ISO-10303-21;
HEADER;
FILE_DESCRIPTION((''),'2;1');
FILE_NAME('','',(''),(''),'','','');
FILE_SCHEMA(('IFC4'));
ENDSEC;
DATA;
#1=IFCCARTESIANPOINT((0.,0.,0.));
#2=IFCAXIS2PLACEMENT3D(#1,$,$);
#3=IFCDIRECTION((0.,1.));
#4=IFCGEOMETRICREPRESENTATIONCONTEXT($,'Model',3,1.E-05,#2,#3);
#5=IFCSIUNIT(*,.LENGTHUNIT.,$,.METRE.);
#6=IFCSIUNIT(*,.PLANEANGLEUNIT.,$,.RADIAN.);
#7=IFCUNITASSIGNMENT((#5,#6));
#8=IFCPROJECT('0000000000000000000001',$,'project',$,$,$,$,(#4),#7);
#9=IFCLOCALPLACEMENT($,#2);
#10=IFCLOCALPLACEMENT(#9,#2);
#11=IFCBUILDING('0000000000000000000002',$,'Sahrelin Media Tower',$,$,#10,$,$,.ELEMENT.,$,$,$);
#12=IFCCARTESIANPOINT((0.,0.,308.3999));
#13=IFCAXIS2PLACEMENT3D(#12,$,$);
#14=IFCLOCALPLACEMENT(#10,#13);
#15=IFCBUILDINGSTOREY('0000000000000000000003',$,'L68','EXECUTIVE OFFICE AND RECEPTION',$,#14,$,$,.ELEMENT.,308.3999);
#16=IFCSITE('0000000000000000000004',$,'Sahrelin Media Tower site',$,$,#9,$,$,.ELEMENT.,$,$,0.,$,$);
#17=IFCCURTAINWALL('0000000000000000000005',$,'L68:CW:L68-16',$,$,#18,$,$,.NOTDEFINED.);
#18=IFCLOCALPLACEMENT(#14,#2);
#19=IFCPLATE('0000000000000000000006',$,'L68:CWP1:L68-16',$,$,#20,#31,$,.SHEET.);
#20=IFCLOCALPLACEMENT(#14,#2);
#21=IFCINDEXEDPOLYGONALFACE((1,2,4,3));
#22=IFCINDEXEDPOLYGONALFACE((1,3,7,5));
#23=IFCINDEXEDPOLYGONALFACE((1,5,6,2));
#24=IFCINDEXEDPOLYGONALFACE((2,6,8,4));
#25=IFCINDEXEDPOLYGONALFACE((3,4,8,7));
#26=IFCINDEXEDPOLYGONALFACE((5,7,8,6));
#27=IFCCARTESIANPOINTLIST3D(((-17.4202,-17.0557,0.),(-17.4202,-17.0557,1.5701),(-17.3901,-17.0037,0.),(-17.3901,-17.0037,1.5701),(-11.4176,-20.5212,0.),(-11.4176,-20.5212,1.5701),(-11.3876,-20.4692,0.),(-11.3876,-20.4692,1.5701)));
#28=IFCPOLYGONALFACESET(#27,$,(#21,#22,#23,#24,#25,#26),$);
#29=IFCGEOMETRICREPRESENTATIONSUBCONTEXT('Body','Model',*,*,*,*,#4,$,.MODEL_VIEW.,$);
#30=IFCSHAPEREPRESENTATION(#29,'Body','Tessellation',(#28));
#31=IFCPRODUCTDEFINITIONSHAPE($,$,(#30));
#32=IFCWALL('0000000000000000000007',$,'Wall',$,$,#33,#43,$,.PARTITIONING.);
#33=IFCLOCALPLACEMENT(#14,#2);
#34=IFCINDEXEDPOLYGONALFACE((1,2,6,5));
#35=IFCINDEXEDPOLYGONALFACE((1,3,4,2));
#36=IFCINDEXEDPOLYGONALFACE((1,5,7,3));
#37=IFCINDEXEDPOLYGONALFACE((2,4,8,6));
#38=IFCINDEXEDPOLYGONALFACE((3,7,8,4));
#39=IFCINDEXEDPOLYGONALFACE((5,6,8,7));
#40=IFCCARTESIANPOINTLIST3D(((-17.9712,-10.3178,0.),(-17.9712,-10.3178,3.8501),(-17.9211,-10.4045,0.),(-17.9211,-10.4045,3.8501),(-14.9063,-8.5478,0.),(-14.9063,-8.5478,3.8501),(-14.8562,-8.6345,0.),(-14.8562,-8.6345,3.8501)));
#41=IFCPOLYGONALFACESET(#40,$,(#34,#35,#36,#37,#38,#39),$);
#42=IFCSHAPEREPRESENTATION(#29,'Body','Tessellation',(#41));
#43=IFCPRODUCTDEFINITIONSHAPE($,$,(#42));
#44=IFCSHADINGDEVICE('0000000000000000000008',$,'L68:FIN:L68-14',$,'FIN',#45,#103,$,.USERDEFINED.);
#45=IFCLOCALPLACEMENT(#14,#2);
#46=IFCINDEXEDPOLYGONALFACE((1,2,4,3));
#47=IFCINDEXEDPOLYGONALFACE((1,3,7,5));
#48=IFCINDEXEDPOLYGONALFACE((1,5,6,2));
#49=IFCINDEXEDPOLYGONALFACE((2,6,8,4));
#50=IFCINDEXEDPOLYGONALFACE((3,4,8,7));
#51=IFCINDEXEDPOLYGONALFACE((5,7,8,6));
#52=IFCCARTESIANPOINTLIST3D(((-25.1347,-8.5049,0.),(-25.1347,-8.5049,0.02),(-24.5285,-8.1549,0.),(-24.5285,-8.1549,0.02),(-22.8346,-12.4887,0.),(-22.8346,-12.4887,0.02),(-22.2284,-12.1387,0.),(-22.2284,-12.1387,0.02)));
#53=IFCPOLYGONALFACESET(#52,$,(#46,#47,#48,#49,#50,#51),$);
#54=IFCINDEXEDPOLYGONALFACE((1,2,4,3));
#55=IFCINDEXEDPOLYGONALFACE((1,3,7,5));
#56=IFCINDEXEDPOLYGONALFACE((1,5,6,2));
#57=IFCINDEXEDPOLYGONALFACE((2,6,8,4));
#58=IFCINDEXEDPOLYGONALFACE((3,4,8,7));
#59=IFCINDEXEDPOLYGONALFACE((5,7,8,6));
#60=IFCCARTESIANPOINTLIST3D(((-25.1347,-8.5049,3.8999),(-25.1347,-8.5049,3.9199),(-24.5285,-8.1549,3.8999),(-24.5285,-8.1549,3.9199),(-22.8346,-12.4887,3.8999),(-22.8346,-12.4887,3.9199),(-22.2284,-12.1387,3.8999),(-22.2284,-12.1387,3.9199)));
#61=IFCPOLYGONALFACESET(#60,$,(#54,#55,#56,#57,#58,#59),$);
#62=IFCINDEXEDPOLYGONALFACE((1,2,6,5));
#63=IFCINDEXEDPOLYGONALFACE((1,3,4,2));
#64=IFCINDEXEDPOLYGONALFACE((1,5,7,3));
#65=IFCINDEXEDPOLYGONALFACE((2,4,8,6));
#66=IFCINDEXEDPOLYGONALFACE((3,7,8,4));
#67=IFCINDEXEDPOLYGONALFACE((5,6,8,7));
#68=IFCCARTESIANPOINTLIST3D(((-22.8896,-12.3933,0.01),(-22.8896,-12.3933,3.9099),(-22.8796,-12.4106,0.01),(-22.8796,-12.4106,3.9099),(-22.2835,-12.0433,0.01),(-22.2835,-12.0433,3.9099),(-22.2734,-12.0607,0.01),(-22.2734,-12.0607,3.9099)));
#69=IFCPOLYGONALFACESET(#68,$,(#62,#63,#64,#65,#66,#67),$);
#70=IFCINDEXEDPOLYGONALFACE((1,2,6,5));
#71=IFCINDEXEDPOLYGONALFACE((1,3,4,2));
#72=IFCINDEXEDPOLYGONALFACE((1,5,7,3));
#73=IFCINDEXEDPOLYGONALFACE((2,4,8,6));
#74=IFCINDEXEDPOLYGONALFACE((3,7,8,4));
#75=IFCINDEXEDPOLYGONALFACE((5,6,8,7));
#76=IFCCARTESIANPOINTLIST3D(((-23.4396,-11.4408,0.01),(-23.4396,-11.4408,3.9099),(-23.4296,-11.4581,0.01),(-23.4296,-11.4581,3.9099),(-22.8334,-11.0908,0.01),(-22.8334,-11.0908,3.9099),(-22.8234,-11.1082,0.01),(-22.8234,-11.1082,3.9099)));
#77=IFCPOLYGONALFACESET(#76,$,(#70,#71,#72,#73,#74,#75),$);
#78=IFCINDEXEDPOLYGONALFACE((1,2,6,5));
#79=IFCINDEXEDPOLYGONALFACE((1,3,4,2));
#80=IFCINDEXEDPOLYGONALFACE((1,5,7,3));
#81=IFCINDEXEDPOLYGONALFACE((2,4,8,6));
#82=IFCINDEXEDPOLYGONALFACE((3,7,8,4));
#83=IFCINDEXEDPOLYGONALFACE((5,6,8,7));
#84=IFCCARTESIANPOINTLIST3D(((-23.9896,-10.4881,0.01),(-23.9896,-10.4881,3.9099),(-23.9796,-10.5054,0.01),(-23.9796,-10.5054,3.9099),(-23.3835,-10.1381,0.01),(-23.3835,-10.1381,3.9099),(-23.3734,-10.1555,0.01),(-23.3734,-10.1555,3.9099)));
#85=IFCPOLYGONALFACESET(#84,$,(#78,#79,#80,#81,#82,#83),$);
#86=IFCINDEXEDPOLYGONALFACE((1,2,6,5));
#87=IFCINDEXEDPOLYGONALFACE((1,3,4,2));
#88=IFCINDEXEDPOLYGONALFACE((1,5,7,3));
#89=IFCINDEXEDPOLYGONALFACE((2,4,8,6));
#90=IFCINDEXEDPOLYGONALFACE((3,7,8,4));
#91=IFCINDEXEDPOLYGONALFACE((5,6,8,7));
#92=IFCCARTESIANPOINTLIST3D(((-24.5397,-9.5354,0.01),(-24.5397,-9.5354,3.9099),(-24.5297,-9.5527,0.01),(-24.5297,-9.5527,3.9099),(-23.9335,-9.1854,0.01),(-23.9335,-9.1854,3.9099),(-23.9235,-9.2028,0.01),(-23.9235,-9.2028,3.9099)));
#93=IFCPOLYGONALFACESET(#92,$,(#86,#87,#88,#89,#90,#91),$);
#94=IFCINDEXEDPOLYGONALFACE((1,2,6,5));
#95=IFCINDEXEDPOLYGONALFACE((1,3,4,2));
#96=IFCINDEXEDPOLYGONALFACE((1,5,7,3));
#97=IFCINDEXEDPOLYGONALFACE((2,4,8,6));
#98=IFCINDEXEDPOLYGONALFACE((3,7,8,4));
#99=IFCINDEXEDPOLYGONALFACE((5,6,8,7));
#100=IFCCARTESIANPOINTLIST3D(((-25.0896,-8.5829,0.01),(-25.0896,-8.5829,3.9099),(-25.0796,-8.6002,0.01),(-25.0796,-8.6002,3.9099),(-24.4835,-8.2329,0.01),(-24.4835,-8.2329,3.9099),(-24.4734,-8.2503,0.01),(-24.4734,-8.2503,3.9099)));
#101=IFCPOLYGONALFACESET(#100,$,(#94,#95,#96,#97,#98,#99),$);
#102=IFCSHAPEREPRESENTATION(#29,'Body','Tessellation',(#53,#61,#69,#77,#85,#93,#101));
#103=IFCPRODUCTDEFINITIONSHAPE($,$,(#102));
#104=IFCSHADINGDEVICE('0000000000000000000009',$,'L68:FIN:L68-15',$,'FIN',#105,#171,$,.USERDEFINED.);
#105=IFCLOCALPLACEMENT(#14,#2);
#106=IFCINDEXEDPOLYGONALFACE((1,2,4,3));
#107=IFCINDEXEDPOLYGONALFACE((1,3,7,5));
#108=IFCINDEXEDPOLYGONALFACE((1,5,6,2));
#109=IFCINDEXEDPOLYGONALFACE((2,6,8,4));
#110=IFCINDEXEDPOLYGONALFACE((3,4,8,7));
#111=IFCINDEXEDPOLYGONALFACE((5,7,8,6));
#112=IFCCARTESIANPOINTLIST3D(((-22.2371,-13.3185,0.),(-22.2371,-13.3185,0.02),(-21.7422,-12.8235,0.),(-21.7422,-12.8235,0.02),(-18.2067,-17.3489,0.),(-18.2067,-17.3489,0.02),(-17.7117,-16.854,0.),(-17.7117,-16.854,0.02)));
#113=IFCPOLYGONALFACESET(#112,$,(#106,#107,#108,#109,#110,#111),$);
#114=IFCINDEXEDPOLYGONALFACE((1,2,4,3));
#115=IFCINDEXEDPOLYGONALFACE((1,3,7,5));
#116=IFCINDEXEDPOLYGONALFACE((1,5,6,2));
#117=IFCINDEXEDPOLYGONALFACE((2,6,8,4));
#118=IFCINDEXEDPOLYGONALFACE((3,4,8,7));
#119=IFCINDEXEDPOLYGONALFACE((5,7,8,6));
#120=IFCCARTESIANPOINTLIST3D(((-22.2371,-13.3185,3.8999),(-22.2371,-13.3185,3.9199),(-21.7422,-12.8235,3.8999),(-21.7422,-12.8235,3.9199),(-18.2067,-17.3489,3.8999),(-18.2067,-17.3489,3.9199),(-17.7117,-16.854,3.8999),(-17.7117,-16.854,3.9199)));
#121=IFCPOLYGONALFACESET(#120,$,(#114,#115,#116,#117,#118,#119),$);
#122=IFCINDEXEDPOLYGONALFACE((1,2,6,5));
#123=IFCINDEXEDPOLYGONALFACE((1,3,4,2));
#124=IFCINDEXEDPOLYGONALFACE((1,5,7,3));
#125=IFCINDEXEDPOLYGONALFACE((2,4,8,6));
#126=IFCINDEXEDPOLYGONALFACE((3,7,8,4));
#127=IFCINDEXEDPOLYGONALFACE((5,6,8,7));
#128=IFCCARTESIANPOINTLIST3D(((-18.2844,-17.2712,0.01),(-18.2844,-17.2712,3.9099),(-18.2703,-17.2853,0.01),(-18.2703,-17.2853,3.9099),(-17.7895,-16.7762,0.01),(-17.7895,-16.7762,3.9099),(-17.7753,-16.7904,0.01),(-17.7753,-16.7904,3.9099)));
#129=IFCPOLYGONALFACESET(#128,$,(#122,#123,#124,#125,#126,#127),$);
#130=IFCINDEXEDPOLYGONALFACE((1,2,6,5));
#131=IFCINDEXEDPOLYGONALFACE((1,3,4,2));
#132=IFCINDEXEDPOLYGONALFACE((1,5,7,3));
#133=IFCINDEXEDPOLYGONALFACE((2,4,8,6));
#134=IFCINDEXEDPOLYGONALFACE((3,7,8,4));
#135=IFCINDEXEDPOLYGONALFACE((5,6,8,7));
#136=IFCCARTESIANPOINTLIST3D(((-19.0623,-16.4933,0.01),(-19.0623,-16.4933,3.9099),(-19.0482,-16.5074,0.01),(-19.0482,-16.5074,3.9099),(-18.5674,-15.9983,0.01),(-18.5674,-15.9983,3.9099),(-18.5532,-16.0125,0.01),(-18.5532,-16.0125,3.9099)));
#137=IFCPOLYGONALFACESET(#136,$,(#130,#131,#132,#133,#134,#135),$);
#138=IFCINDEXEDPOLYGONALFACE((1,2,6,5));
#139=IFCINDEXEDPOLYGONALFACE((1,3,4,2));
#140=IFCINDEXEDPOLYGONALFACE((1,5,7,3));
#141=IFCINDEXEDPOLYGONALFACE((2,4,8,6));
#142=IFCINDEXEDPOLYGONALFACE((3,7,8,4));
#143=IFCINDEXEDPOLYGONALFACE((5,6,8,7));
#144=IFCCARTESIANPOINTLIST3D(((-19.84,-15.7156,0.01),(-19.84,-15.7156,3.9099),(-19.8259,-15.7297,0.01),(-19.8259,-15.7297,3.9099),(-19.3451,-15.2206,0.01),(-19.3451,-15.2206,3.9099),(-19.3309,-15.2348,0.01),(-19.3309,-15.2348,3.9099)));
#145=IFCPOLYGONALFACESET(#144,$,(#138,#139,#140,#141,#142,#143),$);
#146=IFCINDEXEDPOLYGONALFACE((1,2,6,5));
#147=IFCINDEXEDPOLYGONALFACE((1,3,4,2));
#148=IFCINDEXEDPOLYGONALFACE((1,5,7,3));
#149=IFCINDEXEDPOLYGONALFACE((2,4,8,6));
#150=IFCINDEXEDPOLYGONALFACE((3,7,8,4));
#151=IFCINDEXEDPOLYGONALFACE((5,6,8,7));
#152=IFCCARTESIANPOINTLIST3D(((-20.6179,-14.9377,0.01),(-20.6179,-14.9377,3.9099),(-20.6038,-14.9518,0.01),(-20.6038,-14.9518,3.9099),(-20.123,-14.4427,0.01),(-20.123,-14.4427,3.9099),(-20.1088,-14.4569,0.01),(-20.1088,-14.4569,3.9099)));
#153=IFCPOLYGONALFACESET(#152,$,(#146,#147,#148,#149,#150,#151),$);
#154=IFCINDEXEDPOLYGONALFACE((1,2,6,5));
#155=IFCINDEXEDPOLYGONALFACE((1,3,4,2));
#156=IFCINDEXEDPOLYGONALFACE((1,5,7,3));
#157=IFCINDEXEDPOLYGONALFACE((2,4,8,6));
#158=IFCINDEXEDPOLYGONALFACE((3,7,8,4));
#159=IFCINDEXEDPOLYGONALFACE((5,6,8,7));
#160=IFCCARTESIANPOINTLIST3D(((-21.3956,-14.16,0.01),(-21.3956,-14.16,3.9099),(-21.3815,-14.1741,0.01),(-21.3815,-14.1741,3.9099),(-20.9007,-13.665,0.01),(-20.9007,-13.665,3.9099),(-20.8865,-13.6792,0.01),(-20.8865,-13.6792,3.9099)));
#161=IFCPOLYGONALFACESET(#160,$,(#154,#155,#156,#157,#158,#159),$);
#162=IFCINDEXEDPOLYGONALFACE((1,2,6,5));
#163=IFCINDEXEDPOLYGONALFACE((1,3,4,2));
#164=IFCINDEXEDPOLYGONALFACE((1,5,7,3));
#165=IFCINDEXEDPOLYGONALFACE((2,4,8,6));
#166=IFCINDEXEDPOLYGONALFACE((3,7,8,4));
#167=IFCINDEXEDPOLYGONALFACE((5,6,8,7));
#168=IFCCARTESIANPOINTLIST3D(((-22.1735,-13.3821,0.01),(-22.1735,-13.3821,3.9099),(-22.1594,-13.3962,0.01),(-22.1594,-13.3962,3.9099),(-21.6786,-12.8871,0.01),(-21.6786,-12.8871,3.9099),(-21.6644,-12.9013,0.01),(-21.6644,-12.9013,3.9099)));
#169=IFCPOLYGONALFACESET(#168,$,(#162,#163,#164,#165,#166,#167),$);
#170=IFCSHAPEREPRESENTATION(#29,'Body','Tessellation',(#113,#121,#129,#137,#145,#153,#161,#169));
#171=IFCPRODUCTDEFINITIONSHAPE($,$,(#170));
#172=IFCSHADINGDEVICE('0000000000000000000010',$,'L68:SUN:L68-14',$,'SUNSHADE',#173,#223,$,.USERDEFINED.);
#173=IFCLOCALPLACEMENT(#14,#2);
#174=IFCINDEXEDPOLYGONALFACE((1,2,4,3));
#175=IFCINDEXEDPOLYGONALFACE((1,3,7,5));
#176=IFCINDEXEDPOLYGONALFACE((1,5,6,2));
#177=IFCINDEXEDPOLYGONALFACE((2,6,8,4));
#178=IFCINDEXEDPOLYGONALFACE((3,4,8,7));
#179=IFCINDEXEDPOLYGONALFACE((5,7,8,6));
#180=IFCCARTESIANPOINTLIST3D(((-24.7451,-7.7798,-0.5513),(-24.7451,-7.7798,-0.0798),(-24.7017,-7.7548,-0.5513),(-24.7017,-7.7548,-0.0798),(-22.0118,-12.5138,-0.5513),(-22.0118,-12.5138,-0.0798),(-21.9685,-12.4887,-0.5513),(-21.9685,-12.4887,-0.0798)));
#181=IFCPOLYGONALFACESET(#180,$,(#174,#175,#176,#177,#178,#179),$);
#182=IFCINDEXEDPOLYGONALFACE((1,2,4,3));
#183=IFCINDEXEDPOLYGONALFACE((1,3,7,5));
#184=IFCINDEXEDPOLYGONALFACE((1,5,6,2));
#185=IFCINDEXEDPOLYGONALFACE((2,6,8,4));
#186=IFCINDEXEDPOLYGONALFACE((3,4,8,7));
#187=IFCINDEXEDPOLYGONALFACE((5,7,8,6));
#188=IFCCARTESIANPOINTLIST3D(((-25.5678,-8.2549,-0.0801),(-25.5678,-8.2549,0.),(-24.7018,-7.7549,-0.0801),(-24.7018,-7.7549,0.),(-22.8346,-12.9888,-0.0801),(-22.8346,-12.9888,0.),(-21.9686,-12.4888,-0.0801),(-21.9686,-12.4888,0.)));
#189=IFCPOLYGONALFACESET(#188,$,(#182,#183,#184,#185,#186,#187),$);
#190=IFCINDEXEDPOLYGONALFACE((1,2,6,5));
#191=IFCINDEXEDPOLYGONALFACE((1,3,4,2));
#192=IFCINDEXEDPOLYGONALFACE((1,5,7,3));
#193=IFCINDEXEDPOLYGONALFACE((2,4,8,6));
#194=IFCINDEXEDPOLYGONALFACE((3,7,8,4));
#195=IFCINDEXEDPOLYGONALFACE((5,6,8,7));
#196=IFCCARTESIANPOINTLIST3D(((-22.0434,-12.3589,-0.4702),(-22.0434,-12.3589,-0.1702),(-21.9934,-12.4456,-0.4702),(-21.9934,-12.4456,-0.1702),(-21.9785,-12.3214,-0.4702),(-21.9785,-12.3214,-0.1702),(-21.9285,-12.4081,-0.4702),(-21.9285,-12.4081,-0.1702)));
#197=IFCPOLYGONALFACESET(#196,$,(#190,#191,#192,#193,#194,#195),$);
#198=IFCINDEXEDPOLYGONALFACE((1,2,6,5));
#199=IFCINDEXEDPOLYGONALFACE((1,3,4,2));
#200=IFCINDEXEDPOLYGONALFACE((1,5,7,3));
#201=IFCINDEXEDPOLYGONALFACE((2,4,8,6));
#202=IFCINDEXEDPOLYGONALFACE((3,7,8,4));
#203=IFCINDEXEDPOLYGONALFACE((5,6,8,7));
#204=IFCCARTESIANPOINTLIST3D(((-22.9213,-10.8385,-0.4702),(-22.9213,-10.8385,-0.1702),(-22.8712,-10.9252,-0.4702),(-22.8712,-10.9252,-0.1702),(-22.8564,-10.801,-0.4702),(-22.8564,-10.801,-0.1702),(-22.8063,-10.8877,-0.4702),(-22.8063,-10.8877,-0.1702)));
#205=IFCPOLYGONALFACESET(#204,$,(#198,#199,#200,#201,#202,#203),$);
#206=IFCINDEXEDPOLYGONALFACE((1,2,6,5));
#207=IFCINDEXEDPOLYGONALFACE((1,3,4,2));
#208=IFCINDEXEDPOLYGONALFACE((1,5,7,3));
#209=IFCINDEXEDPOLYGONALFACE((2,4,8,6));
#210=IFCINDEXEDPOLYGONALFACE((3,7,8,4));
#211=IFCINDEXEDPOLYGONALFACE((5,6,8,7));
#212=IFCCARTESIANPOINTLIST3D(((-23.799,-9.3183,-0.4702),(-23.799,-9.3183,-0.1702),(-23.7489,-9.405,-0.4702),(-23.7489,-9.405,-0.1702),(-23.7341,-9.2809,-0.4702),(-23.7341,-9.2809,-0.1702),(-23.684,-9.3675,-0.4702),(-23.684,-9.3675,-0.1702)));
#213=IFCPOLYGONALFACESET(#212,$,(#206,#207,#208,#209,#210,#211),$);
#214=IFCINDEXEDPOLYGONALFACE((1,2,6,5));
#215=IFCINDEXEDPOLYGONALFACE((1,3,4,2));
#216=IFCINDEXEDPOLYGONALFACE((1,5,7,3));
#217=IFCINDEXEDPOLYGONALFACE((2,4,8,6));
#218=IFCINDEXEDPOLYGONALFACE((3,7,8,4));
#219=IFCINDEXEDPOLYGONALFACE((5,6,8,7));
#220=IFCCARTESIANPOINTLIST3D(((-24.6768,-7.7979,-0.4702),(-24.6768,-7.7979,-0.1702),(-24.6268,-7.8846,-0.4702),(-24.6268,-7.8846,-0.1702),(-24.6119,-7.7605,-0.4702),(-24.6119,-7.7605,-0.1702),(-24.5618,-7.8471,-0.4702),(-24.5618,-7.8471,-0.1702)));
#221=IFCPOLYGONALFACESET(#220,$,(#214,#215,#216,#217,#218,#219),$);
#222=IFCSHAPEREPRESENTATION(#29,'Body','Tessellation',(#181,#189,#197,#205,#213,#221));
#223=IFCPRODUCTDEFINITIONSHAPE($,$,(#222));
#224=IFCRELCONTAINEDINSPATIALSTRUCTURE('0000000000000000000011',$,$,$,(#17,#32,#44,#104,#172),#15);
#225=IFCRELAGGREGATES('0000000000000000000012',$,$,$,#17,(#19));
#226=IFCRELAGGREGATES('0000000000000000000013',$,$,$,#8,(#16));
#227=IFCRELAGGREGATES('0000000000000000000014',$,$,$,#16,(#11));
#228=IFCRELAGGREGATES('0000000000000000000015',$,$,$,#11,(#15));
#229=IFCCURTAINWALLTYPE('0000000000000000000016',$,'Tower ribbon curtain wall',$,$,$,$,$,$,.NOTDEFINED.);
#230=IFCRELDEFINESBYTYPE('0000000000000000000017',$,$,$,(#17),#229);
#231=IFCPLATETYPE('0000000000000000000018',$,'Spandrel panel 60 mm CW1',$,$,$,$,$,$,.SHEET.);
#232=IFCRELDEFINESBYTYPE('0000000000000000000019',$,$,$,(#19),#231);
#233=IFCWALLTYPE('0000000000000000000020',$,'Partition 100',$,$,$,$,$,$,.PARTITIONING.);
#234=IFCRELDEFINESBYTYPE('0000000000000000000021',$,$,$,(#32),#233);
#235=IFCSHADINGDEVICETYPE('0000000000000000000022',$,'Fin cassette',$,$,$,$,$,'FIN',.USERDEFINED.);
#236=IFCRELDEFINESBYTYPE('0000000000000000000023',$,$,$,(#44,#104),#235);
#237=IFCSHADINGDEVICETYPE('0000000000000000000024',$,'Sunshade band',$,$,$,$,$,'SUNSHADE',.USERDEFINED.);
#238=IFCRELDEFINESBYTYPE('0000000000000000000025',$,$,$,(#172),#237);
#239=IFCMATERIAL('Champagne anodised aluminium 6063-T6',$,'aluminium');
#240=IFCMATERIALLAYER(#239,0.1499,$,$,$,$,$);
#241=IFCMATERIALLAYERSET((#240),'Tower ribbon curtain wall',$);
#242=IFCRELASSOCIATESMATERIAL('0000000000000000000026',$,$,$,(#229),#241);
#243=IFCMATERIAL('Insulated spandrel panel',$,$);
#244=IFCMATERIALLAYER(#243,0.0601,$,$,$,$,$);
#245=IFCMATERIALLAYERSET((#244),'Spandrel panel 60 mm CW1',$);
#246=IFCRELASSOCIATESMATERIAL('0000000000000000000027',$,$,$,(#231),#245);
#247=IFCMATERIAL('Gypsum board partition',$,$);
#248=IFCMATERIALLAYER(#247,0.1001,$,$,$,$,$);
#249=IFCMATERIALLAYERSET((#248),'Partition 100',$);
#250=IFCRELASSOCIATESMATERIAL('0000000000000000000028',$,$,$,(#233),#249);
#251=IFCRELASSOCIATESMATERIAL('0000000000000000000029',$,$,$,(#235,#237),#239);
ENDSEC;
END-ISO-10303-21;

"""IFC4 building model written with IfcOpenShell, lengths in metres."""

from ifc_helpers import new_model, si_unit, direction, frame, frame_2d, origin, origin_2d, place, context, subcontext, project, spatial, polyline, rectangle, outline, extrude, material, layer, layer_set, type_object, element, aggregate, save


model = new_model("IFC4")

# Units and contexts
model_context = context("Model", 3, precision=1e-05, world=origin(), true_north=direction((0.0, 1.0)))
body_context = subcontext(model_context, "Body", "Model", "MODEL_VIEW")
ifc_project = project(units=[si_unit("LENGTHUNIT", "METRE"), si_unit("PLANEANGLEUNIT", "RADIAN")], contexts=[model_context])

# Site, building, storey
site_placement = place(None, origin())
site = spatial("IfcSite", under=ifc_project, at=site_placement, Name="Sahrelin Media Tower site", CompositionType="ELEMENT", RefElevation=0.0)
building_placement = place(site_placement, origin())
building = spatial("IfcBuilding", under=site, at=building_placement, Name="Sahrelin Media Tower", CompositionType="ELEMENT")
storey_placement = place(building_placement, frame((0.0, 0.0, 308.3999)))
storey = spatial("IfcBuildingStorey", under=building, at=storey_placement, Name="L68", Description="EXECUTIVE OFFICE AND RECEPTION", CompositionType="ELEMENT", Elevation=308.3999)

# Shared definitions
ifc_material_1 = material(Name="Champagne anodised aluminium 6063-T6", Category="aluminium")
ifc_layer_1 = layer(ifc_material_1, 0.1499)
ifc_layer_set_1 = layer_set([ifc_layer_1], Name="Tower ribbon curtain wall")
curtain_wall_type = type_object("IfcCurtainWallType", Name="Tower ribbon curtain wall", PredefinedType="NOTDEFINED", material=ifc_layer_set_1)

# Curtain wall
curtain_wall_1_placement = place(storey_placement, frame((-14.4089, -18.7712, 0.0), z_axis=(0.0, 0.0, 1.0), x_axis=(1.0, 0.0, 0.0)))
curtain_wall_1 = element("IfcCurtainWall", 1, at=curtain_wall_1_placement, inside=storey, type_object=curtain_wall_type, Name="L68:CW:L68-16", PredefinedType="NOTDEFINED")

# Plate
ifc_material_2 = material(Name="Insulated spandrel panel")
ifc_layer_2 = layer(ifc_material_2, 0.0601)
ifc_layer_set_2 = layer_set([ifc_layer_2], Name="Spandrel panel 60 mm CW1")
plate_type_1 = type_object("IfcPlateType", Name="Spandrel panel 60 mm CW1", PredefinedType="SHEET", material=ifc_layer_set_2)
plate_1_placement = place(storey_placement, frame((-17.4202, -17.0557, 0.0), z_axis=(-0.499992, -0.86603, 0.0), x_axis=(0.86603, -0.499992, 0.0)))
plate_1 = element("IfcPlate", 2, at=plate_1_placement, type_object=plate_type_1, Name="L68:CWP1:L68-16", PredefinedType="SHEET", context=body_context, shape_type="SweptSolid", body=[
    extrude(outline(polyline([(0.0, 0.0), (6.9312, 0.0), (6.9312, 1.5701), (0.0, 1.5701), (0.0, 0.0)])), origin(), (0.0, 0.0, -1.0), 0.0601),
])
aggregate(curtain_wall_1, [plate_1])

# Wall
ifc_material_3 = material(Name="Gypsum board partition")
ifc_layer_3 = layer(ifc_material_3, 0.1001)
ifc_layer_set_3 = layer_set([ifc_layer_3], Name="Partition 100")
wall_type = type_object("IfcWallType", Name="Partition 100", PredefinedType="PARTITIONING", material=ifc_layer_set_3)
wall_placement = place(storey_placement, frame((-17.946, -10.3611, 0.0), z_axis=(0.0, 0.0, 1.0), x_axis=(0.865967, 0.500101, 0.0)))
element("IfcWall", 3, at=wall_placement, inside=storey, type_object=wall_type, Name="Wall", PredefinedType="PARTITIONING", context=body_context, shape_type="SweptSolid", body=[
    extrude(rectangle(XDim=3.5393, YDim=0.1001, at=frame_2d((1.7695, 0.0))), origin(), (0.0, 0.0, 1.0), 3.8501),
])

# Shading devices
shading_device_type_1 = type_object("IfcShadingDeviceType", Name="Fin cassette", ElementType="FIN", PredefinedType="USERDEFINED", material=ifc_material_1)
placement_1 = place(storey_placement, frame((-23.3179, -10.1118, 0.0), z_axis=(0.0, 0.0, 1.0), x_axis=(-0.500011, 0.866019, 0.0)))
element("IfcShadingDevice", 4, at=placement_1, inside=storey, type_object=shading_device_type_1, Name="L68:FIN:L68-14", ObjectType="FIN", PredefinedType="USERDEFINED", context=body_context, shape_type="SweptSolid", body=[
    extrude(rectangle(XDim=4.6001, YDim=0.7, at=origin_2d()), frame((0.0, 0.4199, 0.0)), (0.0, 0.0, 1.0), 0.02),
    extrude(rectangle(XDim=4.6001, YDim=0.7, at=origin_2d()), frame((0.0, 0.4199, 3.8999)), (0.0, 0.0, 1.0), 0.02),
    extrude(rectangle(XDim=0.02, YDim=0.7, at=origin_2d()), frame((-2.2, 0.4199, 0.01), z_axis=(0.0, 0.0, 1.0), x_axis=(1.0, 0.0, 0.0)), (0.0, 0.0, 1.0), 3.8999),
    extrude(rectangle(XDim=0.02, YDim=0.7, at=origin_2d()), frame((-1.1001, 0.4199, 0.01), z_axis=(0.0, 0.0, 1.0), x_axis=(1.0, 0.0, 0.0)), (0.0, 0.0, 1.0), 3.8999),
    extrude(rectangle(XDim=0.02, YDim=0.7, at=origin_2d()), frame((0.0, 0.4199, 0.01), z_axis=(0.0, 0.0, 1.0), x_axis=(1.0, 0.0, 0.0)), (0.0, 0.0, 1.0), 3.8999),
    extrude(rectangle(XDim=0.02, YDim=0.7, at=origin_2d()), frame((1.1001, 0.4199, 0.01), z_axis=(0.0, 0.0, 1.0), x_axis=(1.0, 0.0, 0.0)), (0.0, 0.0, 1.0), 3.8999),
    extrude(rectangle(XDim=0.02, YDim=0.7, at=origin_2d()), frame((2.2, 0.4199, 0.01), z_axis=(0.0, 0.0, 1.0), x_axis=(1.0, 0.0, 0.0)), (0.0, 0.0, 1.0), 3.8999),
])
placement_2 = place(storey_placement, frame((-19.6775, -14.7893, 0.0), z_axis=(0.0, 0.0, 1.0), x_axis=(-0.707107, 0.707107, 0.0)))
element("IfcShadingDevice", 5, at=placement_2, inside=storey, type_object=shading_device_type_1, Name="L68:FIN:L68-15", ObjectType="FIN", PredefinedType="USERDEFINED", context=body_context, shape_type="SweptSolid", body=[
    extrude(rectangle(XDim=5.7, YDim=0.7, at=origin_2d()), frame((0.0, 0.4199, 0.0)), (0.0, 0.0, 1.0), 0.02),
    extrude(rectangle(XDim=5.7, YDim=0.7, at=origin_2d()), frame((0.0, 0.4199, 3.8999)), (0.0, 0.0, 1.0), 0.02),
    extrude(rectangle(XDim=0.02, YDim=0.7, at=origin_2d()), frame((-2.75, 0.4199, 0.01), z_axis=(0.0, 0.0, 1.0), x_axis=(1.0, 0.0, 0.0)), (0.0, 0.0, 1.0), 3.8999),
    extrude(rectangle(XDim=0.02, YDim=0.7, at=origin_2d()), frame((-1.6499, 0.4199, 0.01), z_axis=(0.0, 0.0, 1.0), x_axis=(1.0, 0.0, 0.0)), (0.0, 0.0, 1.0), 3.8999),
    extrude(rectangle(XDim=0.02, YDim=0.7, at=origin_2d()), frame((-0.55, 0.4199, 0.01), z_axis=(0.0, 0.0, 1.0), x_axis=(1.0, 0.0, 0.0)), (0.0, 0.0, 1.0), 3.8999),
    extrude(rectangle(XDim=0.02, YDim=0.7, at=origin_2d()), frame((0.55, 0.4199, 0.01), z_axis=(0.0, 0.0, 1.0), x_axis=(1.0, 0.0, 0.0)), (0.0, 0.0, 1.0), 3.8999),
    extrude(rectangle(XDim=0.02, YDim=0.7, at=origin_2d()), frame((1.6499, 0.4199, 0.01), z_axis=(0.0, 0.0, 1.0), x_axis=(1.0, 0.0, 0.0)), (0.0, 0.0, 1.0), 3.8999),
    extrude(rectangle(XDim=0.02, YDim=0.7, at=origin_2d()), frame((2.75, 0.4199, 0.01), z_axis=(0.0, 0.0, 1.0), x_axis=(1.0, 0.0, 0.0)), (0.0, 0.0, 1.0), 3.8999),
])
shading_device_type_2 = type_object("IfcShadingDeviceType", Name="Sunshade band", ElementType="SUNSHADE", PredefinedType="USERDEFINED", material=ifc_material_1)
element("IfcShadingDevice", 6, at=placement_1, inside=storey, type_object=shading_device_type_2, Name="L68:SUN:L68-14", ObjectType="SUNSHADE", PredefinedType="USERDEFINED", context=body_context, shape_type="SweptSolid", body=[
    extrude(rectangle(XDim=5.4663, YDim=0.05, at=origin_2d()), frame((0.0, 0.0449, -0.5513)), (0.0, 0.0, 1.0), 0.4714),
    extrude(rectangle(XDim=5.4663, YDim=1.0, at=origin_2d()), frame((0.0, 0.52, -0.0801)), (0.0, 0.0, 1.0), 0.0801),
    extrude(rectangle(XDim=0.1001, YDim=0.075, at=origin_2d()), frame((-2.6333, -0.0176, -0.4702)), (0.0, 0.0, 1.0), 0.3),
    extrude(rectangle(XDim=0.1001, YDim=0.075, at=origin_2d()), frame((-0.8777, -0.0176, -0.4702)), (0.0, 0.0, 1.0), 0.3),
    extrude(rectangle(XDim=0.1001, YDim=0.075, at=origin_2d()), frame((0.8777, -0.0176, -0.4702)), (0.0, 0.0, 1.0), 0.3),
    extrude(rectangle(XDim=0.1001, YDim=0.075, at=origin_2d()), frame((2.6333, -0.0176, -0.4702)), (0.0, 0.0, 1.0), 0.3),
])

save(model, "model.ifc")
